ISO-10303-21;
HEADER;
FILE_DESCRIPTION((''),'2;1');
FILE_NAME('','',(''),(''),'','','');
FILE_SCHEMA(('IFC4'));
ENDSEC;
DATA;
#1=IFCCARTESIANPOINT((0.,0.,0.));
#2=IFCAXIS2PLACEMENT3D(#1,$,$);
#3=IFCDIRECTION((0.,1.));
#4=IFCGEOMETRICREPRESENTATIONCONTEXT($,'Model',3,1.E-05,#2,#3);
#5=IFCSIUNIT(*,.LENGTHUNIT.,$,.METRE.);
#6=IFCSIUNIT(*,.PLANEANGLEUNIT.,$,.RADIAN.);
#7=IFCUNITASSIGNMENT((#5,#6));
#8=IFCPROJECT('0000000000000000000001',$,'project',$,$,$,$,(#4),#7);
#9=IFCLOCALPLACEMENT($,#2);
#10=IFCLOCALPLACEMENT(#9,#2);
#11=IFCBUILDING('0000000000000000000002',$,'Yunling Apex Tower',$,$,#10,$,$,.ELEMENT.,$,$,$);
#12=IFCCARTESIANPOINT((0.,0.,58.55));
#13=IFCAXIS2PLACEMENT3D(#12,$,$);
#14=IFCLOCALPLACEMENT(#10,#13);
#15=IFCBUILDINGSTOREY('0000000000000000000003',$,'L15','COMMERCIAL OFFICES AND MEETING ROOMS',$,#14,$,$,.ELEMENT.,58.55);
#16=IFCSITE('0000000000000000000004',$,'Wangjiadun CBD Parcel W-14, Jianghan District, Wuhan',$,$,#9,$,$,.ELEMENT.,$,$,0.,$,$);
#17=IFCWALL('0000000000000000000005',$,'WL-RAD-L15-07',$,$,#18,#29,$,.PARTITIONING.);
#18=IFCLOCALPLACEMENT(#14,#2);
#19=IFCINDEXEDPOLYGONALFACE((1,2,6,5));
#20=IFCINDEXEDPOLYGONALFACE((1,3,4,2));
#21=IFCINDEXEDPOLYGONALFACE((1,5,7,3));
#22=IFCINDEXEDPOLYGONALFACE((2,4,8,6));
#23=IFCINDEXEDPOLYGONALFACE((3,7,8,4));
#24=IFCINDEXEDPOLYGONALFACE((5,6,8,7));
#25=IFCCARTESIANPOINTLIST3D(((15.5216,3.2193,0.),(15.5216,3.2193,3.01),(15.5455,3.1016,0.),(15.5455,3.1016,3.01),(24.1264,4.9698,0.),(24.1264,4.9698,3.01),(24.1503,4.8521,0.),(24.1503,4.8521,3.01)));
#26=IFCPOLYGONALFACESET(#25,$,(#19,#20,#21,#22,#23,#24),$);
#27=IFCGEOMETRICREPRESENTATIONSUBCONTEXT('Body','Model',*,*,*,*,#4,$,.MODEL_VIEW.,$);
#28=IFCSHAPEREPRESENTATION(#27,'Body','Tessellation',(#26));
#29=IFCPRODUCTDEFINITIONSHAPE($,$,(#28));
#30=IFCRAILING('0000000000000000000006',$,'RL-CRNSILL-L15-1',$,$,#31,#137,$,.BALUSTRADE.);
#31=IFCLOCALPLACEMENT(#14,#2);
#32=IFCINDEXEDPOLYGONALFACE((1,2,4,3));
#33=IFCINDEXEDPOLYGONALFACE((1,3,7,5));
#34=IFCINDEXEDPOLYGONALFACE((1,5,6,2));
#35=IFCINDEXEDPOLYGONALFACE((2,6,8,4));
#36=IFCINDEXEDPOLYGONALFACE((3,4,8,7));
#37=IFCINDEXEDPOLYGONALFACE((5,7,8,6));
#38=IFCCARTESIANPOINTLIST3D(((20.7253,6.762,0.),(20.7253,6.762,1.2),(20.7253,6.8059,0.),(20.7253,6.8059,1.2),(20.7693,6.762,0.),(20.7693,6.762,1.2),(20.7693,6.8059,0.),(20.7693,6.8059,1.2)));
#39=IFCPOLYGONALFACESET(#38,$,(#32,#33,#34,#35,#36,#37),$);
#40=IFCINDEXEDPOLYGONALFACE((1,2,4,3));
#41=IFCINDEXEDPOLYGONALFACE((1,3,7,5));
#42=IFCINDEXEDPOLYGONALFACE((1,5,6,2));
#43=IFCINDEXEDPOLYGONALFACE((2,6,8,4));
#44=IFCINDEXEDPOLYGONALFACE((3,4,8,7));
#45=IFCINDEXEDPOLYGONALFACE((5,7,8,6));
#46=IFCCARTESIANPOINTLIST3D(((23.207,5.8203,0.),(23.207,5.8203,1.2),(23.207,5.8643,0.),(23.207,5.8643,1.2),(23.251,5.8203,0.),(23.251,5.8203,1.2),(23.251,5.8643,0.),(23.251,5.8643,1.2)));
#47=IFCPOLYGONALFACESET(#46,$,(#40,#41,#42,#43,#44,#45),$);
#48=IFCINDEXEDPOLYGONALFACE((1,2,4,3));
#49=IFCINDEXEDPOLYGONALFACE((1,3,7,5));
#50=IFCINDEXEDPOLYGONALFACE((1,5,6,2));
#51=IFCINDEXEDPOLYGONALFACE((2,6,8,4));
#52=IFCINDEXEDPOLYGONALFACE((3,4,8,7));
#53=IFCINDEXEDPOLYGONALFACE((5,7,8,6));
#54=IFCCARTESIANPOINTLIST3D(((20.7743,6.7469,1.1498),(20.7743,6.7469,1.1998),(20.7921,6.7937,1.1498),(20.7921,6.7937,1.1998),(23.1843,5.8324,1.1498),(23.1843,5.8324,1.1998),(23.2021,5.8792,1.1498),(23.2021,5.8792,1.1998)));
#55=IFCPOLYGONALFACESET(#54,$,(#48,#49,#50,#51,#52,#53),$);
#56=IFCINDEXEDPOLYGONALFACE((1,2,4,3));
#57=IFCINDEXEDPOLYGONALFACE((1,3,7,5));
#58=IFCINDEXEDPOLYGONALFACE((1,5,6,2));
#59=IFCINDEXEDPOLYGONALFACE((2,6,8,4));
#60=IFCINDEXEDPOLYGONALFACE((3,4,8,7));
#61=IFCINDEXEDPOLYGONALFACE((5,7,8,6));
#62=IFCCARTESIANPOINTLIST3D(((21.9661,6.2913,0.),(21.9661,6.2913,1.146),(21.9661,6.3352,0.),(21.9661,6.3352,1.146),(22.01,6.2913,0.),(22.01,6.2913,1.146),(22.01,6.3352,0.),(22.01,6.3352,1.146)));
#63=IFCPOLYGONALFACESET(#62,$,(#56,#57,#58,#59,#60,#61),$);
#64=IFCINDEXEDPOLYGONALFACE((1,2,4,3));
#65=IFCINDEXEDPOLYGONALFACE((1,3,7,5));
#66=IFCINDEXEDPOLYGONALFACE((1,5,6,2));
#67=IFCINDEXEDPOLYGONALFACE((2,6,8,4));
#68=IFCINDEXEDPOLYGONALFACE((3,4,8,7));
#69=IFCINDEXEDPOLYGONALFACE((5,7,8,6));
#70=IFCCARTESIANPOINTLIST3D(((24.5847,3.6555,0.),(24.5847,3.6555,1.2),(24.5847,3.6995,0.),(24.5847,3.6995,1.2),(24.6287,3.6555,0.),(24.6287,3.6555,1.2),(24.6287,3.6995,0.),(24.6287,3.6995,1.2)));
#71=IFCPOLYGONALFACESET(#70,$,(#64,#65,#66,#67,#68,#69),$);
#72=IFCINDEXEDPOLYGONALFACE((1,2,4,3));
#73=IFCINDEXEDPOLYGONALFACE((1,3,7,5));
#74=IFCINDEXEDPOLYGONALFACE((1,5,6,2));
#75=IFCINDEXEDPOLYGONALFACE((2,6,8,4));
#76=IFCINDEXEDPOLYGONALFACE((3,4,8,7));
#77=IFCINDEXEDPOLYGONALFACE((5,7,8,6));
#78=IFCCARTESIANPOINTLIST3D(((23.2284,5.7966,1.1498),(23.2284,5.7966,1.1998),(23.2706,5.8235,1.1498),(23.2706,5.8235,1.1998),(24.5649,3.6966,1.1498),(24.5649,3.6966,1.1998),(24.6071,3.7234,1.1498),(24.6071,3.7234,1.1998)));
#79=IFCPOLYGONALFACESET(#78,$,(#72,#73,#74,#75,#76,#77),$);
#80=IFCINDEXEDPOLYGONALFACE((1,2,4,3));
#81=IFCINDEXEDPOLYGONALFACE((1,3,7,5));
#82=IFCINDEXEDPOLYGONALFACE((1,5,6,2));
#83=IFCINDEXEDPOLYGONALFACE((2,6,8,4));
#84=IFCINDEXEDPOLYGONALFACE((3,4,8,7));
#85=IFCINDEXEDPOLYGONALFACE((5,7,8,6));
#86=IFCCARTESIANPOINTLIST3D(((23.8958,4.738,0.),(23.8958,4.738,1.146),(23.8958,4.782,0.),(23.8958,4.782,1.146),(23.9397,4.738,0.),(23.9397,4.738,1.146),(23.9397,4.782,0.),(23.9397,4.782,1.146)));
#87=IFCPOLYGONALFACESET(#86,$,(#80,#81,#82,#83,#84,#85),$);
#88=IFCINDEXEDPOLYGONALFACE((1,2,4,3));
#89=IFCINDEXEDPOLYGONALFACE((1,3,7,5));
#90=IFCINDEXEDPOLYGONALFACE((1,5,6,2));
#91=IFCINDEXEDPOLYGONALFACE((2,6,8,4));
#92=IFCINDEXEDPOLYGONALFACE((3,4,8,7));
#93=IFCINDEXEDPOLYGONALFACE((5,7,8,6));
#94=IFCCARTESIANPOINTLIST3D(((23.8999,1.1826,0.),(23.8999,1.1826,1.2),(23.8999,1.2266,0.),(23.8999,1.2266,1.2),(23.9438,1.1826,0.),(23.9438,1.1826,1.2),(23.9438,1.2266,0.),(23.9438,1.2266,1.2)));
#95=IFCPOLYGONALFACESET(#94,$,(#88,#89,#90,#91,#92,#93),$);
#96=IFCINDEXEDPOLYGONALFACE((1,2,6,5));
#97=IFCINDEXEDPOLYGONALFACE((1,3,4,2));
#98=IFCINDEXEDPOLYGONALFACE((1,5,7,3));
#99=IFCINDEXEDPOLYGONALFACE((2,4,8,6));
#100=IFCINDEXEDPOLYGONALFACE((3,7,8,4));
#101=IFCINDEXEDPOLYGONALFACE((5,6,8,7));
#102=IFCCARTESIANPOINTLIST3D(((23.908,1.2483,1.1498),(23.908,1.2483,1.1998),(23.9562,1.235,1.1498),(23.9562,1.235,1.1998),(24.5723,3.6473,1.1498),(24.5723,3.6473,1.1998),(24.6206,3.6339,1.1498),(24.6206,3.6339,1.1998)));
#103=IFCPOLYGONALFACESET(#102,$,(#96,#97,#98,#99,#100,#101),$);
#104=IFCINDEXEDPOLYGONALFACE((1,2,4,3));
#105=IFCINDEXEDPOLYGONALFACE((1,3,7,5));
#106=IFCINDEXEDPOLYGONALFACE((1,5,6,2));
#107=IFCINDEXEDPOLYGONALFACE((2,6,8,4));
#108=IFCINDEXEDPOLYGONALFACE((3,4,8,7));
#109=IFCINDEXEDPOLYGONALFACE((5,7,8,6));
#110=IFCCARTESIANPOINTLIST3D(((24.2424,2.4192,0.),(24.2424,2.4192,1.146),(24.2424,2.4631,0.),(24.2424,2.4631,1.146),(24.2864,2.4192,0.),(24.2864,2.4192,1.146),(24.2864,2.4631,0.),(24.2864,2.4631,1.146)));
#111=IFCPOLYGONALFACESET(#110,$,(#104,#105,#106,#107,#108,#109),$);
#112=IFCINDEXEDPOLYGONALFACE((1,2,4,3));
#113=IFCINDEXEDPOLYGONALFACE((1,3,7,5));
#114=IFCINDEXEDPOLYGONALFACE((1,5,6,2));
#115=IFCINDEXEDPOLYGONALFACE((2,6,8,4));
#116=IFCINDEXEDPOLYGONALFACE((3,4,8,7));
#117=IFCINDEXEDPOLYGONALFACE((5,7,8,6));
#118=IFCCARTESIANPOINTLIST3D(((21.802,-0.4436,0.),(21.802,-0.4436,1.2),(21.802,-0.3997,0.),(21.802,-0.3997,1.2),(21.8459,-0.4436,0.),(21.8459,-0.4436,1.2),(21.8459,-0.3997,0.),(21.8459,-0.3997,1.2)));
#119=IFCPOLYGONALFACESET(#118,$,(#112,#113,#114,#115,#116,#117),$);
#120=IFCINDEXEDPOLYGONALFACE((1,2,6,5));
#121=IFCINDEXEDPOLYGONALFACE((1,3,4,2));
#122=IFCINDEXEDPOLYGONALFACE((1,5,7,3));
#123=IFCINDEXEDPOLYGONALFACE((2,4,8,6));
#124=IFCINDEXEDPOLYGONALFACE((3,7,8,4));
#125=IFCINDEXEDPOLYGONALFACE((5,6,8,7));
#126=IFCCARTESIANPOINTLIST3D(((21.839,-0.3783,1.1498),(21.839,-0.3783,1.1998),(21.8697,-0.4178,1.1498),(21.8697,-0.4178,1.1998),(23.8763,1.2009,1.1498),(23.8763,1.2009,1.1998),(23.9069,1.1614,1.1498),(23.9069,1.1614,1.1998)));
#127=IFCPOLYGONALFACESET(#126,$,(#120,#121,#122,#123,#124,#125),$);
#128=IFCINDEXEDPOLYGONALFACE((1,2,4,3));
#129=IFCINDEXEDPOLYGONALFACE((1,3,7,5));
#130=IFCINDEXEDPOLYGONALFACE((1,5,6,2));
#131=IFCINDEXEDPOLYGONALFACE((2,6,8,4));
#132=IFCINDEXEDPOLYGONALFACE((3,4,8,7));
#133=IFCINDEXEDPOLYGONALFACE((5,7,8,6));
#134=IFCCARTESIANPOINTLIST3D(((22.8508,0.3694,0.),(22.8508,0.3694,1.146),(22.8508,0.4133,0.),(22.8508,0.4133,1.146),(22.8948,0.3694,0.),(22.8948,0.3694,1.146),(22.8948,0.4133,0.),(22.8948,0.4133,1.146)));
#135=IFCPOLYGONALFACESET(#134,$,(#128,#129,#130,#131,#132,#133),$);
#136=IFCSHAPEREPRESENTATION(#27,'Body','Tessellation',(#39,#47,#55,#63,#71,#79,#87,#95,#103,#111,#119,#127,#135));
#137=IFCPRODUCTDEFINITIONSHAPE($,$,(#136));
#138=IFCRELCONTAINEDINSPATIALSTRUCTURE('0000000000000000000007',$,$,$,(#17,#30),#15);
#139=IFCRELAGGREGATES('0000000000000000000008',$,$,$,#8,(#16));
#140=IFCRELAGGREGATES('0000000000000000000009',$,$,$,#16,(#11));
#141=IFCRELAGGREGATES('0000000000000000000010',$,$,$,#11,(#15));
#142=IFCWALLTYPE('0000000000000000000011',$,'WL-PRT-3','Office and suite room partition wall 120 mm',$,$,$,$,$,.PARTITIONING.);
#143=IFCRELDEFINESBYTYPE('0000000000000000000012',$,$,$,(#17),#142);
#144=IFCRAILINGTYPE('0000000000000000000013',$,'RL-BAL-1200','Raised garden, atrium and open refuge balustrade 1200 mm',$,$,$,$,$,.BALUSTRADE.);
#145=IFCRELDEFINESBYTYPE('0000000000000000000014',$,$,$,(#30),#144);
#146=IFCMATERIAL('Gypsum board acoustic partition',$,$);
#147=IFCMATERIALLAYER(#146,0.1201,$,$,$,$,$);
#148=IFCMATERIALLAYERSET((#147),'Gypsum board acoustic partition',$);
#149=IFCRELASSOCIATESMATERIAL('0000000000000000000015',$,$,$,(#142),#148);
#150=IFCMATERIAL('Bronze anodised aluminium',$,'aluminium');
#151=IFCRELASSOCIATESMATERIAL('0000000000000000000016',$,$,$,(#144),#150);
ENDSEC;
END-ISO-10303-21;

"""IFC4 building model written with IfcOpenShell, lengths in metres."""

from ifc_helpers import new_model, si_unit, direction, frame, frame_2d, origin, origin_2d, place, context, subcontext, project, spatial, rectangle, extrude, material, layer, layer_set, type_object, element, save


model = new_model("IFC4")

# Units and contexts
model_context = context("Model", 3, precision=1e-05, world=origin(), true_north=direction((0.0, 1.0)))
body_context = subcontext(model_context, "Body", "Model", "MODEL_VIEW")
ifc_project = project(units=[si_unit("LENGTHUNIT", "METRE"), si_unit("PLANEANGLEUNIT", "RADIAN")], contexts=[model_context])

# Site, building, storey
site_placement = place(None, origin())
site = spatial("IfcSite", under=ifc_project, at=site_placement, Name="Wangjiadun CBD Parcel W-14, Jianghan District, Wuhan", CompositionType="ELEMENT", RefElevation=0.0)
building_placement = place(site_placement, origin())
building = spatial("IfcBuilding", under=site, at=building_placement, Name="Yunling Apex Tower", CompositionType="ELEMENT")
storey_placement = place(building_placement, frame((0.0, 0.0, 58.55)))
storey = spatial("IfcBuildingStorey", under=building, at=storey_placement, Name="L15", Description="COMMERCIAL OFFICES AND MEETING ROOMS", CompositionType="ELEMENT", Elevation=58.55)

# Shared definitions
ifc_material_1 = material(Name="Bronze anodised aluminium", Category="aluminium")

# Shared definitions
ifc_material_2 = material(Name="Gypsum board acoustic partition")

# Wall
ifc_layer_1 = layer(ifc_material_2, 0.1201)
ifc_layer_set_1 = layer_set([ifc_layer_1], Name="Gypsum board acoustic partition")
wall_type_1 = type_object("IfcWallType", Name="WL-PRT-3", Description="Office and suite room partition wall 120 mm", PredefinedType="PARTITIONING", material=ifc_layer_set_1)
wall_1_placement = place(storey_placement, frame((15.5334, 3.1604, 0.0), z_axis=(0.0, 0.0, 1.0), x_axis=(0.979928, 0.19935, 0.0)))
element("IfcWall", 1, at=wall_1_placement, inside=storey, type_object=wall_type_1, Name="WL-RAD-L15-07", PredefinedType="PARTITIONING", context=body_context, shape_type="SweptSolid", body=[
    extrude(rectangle(XDim=8.781, YDim=0.1201, at=frame_2d((4.3906, 0.0))), origin(), (0.0, 0.0, 1.0), 3.01),
])

# Railing
railing_type = type_object("IfcRailingType", Name="RL-BAL-1200", Description="Raised garden, atrium and open refuge balustrade 1200 mm", PredefinedType="BALUSTRADE", material=ifc_material_1)
railing_1_placement = place(storey_placement, frame((20.7473, 6.7839, 0.0)))
element("IfcRailing", 2, at=railing_1_placement, inside=storey, type_object=railing_type, Name="RL-CRNSILL-L15-1", PredefinedType="BALUSTRADE", context=body_context, shape_type="SweptSolid", body=[
    extrude(rectangle(XDim=0.0439, YDim=0.0439, at=origin_2d()), origin(), (0.0, 0.0, 1.0), 1.2),
    extrude(rectangle(XDim=0.0439, YDim=0.0439, at=origin_2d()), frame((2.4817, -0.9417, 0.0)), (0.0, 0.0, 1.0), 1.2),
    extrude(rectangle(XDim=0.05, YDim=0.05, at=origin_2d()), frame((0.0359, -0.0137, 1.1748), z_axis=(0.934958, -0.35476, 0.0), x_axis=(0.35476, 0.934958, 0.0)), (0.0, 0.0, 1.0), 2.5776),
    extrude(rectangle(XDim=0.0439, YDim=0.0439, at=origin_2d()), frame((1.2407, -0.4707, 0.0)), (0.0, 0.0, 1.0), 1.146),
    extrude(rectangle(XDim=0.0439, YDim=0.0439, at=origin_2d()), frame((3.8594, -3.1064, 0.0)), (0.0, 0.0, 1.0), 1.2),
    extrude(rectangle(XDim=0.05, YDim=0.05, at=origin_2d()), frame((2.5022, -0.9739, 1.1748), z_axis=(0.5369, -0.843646, 0.0), x_axis=(0.843646, 0.5369, 0.0)), (0.0, 0.0, 1.0), 2.4893),
    extrude(rectangle(XDim=0.0439, YDim=0.0439, at=origin_2d()), frame((3.1704, -2.0239, 0.0)), (0.0, 0.0, 1.0), 1.146),
    extrude(rectangle(XDim=0.0439, YDim=0.0439, at=origin_2d()), frame((3.1746, -5.5793, 0.0)), (0.0, 0.0, 1.0), 1.2),
    extrude(rectangle(XDim=0.05, YDim=0.05, at=origin_2d()), frame((3.8491, -3.1433, 1.1748), z_axis=(-0.266883, -0.963729, 0.0), x_axis=(0.963729, -0.266883, 0.0)), (0.0, 0.0, 1.0), 2.4893),
    extrude(rectangle(XDim=0.0439, YDim=0.0439, at=origin_2d()), frame((3.5171, -4.3428, 0.0)), (0.0, 0.0, 1.0), 1.146),
    extrude(rectangle(XDim=0.0439, YDim=0.0439, at=origin_2d()), frame((1.0767, -7.2056, 0.0)), (0.0, 0.0, 1.0), 1.2),
    extrude(rectangle(XDim=0.05, YDim=0.05, at=origin_2d()), frame((3.1443, -5.6028, 1.1748), z_axis=(-0.790352, -0.612654, 0.0), x_axis=(0.612654, -0.790352, 0.0)), (0.0, 0.0, 1.0), 2.5776),
    extrude(rectangle(XDim=0.0439, YDim=0.0439, at=origin_2d()), frame((2.1255, -6.3926, 0.0)), (0.0, 0.0, 1.0), 1.146),
])

save(model, "model.ifc")
